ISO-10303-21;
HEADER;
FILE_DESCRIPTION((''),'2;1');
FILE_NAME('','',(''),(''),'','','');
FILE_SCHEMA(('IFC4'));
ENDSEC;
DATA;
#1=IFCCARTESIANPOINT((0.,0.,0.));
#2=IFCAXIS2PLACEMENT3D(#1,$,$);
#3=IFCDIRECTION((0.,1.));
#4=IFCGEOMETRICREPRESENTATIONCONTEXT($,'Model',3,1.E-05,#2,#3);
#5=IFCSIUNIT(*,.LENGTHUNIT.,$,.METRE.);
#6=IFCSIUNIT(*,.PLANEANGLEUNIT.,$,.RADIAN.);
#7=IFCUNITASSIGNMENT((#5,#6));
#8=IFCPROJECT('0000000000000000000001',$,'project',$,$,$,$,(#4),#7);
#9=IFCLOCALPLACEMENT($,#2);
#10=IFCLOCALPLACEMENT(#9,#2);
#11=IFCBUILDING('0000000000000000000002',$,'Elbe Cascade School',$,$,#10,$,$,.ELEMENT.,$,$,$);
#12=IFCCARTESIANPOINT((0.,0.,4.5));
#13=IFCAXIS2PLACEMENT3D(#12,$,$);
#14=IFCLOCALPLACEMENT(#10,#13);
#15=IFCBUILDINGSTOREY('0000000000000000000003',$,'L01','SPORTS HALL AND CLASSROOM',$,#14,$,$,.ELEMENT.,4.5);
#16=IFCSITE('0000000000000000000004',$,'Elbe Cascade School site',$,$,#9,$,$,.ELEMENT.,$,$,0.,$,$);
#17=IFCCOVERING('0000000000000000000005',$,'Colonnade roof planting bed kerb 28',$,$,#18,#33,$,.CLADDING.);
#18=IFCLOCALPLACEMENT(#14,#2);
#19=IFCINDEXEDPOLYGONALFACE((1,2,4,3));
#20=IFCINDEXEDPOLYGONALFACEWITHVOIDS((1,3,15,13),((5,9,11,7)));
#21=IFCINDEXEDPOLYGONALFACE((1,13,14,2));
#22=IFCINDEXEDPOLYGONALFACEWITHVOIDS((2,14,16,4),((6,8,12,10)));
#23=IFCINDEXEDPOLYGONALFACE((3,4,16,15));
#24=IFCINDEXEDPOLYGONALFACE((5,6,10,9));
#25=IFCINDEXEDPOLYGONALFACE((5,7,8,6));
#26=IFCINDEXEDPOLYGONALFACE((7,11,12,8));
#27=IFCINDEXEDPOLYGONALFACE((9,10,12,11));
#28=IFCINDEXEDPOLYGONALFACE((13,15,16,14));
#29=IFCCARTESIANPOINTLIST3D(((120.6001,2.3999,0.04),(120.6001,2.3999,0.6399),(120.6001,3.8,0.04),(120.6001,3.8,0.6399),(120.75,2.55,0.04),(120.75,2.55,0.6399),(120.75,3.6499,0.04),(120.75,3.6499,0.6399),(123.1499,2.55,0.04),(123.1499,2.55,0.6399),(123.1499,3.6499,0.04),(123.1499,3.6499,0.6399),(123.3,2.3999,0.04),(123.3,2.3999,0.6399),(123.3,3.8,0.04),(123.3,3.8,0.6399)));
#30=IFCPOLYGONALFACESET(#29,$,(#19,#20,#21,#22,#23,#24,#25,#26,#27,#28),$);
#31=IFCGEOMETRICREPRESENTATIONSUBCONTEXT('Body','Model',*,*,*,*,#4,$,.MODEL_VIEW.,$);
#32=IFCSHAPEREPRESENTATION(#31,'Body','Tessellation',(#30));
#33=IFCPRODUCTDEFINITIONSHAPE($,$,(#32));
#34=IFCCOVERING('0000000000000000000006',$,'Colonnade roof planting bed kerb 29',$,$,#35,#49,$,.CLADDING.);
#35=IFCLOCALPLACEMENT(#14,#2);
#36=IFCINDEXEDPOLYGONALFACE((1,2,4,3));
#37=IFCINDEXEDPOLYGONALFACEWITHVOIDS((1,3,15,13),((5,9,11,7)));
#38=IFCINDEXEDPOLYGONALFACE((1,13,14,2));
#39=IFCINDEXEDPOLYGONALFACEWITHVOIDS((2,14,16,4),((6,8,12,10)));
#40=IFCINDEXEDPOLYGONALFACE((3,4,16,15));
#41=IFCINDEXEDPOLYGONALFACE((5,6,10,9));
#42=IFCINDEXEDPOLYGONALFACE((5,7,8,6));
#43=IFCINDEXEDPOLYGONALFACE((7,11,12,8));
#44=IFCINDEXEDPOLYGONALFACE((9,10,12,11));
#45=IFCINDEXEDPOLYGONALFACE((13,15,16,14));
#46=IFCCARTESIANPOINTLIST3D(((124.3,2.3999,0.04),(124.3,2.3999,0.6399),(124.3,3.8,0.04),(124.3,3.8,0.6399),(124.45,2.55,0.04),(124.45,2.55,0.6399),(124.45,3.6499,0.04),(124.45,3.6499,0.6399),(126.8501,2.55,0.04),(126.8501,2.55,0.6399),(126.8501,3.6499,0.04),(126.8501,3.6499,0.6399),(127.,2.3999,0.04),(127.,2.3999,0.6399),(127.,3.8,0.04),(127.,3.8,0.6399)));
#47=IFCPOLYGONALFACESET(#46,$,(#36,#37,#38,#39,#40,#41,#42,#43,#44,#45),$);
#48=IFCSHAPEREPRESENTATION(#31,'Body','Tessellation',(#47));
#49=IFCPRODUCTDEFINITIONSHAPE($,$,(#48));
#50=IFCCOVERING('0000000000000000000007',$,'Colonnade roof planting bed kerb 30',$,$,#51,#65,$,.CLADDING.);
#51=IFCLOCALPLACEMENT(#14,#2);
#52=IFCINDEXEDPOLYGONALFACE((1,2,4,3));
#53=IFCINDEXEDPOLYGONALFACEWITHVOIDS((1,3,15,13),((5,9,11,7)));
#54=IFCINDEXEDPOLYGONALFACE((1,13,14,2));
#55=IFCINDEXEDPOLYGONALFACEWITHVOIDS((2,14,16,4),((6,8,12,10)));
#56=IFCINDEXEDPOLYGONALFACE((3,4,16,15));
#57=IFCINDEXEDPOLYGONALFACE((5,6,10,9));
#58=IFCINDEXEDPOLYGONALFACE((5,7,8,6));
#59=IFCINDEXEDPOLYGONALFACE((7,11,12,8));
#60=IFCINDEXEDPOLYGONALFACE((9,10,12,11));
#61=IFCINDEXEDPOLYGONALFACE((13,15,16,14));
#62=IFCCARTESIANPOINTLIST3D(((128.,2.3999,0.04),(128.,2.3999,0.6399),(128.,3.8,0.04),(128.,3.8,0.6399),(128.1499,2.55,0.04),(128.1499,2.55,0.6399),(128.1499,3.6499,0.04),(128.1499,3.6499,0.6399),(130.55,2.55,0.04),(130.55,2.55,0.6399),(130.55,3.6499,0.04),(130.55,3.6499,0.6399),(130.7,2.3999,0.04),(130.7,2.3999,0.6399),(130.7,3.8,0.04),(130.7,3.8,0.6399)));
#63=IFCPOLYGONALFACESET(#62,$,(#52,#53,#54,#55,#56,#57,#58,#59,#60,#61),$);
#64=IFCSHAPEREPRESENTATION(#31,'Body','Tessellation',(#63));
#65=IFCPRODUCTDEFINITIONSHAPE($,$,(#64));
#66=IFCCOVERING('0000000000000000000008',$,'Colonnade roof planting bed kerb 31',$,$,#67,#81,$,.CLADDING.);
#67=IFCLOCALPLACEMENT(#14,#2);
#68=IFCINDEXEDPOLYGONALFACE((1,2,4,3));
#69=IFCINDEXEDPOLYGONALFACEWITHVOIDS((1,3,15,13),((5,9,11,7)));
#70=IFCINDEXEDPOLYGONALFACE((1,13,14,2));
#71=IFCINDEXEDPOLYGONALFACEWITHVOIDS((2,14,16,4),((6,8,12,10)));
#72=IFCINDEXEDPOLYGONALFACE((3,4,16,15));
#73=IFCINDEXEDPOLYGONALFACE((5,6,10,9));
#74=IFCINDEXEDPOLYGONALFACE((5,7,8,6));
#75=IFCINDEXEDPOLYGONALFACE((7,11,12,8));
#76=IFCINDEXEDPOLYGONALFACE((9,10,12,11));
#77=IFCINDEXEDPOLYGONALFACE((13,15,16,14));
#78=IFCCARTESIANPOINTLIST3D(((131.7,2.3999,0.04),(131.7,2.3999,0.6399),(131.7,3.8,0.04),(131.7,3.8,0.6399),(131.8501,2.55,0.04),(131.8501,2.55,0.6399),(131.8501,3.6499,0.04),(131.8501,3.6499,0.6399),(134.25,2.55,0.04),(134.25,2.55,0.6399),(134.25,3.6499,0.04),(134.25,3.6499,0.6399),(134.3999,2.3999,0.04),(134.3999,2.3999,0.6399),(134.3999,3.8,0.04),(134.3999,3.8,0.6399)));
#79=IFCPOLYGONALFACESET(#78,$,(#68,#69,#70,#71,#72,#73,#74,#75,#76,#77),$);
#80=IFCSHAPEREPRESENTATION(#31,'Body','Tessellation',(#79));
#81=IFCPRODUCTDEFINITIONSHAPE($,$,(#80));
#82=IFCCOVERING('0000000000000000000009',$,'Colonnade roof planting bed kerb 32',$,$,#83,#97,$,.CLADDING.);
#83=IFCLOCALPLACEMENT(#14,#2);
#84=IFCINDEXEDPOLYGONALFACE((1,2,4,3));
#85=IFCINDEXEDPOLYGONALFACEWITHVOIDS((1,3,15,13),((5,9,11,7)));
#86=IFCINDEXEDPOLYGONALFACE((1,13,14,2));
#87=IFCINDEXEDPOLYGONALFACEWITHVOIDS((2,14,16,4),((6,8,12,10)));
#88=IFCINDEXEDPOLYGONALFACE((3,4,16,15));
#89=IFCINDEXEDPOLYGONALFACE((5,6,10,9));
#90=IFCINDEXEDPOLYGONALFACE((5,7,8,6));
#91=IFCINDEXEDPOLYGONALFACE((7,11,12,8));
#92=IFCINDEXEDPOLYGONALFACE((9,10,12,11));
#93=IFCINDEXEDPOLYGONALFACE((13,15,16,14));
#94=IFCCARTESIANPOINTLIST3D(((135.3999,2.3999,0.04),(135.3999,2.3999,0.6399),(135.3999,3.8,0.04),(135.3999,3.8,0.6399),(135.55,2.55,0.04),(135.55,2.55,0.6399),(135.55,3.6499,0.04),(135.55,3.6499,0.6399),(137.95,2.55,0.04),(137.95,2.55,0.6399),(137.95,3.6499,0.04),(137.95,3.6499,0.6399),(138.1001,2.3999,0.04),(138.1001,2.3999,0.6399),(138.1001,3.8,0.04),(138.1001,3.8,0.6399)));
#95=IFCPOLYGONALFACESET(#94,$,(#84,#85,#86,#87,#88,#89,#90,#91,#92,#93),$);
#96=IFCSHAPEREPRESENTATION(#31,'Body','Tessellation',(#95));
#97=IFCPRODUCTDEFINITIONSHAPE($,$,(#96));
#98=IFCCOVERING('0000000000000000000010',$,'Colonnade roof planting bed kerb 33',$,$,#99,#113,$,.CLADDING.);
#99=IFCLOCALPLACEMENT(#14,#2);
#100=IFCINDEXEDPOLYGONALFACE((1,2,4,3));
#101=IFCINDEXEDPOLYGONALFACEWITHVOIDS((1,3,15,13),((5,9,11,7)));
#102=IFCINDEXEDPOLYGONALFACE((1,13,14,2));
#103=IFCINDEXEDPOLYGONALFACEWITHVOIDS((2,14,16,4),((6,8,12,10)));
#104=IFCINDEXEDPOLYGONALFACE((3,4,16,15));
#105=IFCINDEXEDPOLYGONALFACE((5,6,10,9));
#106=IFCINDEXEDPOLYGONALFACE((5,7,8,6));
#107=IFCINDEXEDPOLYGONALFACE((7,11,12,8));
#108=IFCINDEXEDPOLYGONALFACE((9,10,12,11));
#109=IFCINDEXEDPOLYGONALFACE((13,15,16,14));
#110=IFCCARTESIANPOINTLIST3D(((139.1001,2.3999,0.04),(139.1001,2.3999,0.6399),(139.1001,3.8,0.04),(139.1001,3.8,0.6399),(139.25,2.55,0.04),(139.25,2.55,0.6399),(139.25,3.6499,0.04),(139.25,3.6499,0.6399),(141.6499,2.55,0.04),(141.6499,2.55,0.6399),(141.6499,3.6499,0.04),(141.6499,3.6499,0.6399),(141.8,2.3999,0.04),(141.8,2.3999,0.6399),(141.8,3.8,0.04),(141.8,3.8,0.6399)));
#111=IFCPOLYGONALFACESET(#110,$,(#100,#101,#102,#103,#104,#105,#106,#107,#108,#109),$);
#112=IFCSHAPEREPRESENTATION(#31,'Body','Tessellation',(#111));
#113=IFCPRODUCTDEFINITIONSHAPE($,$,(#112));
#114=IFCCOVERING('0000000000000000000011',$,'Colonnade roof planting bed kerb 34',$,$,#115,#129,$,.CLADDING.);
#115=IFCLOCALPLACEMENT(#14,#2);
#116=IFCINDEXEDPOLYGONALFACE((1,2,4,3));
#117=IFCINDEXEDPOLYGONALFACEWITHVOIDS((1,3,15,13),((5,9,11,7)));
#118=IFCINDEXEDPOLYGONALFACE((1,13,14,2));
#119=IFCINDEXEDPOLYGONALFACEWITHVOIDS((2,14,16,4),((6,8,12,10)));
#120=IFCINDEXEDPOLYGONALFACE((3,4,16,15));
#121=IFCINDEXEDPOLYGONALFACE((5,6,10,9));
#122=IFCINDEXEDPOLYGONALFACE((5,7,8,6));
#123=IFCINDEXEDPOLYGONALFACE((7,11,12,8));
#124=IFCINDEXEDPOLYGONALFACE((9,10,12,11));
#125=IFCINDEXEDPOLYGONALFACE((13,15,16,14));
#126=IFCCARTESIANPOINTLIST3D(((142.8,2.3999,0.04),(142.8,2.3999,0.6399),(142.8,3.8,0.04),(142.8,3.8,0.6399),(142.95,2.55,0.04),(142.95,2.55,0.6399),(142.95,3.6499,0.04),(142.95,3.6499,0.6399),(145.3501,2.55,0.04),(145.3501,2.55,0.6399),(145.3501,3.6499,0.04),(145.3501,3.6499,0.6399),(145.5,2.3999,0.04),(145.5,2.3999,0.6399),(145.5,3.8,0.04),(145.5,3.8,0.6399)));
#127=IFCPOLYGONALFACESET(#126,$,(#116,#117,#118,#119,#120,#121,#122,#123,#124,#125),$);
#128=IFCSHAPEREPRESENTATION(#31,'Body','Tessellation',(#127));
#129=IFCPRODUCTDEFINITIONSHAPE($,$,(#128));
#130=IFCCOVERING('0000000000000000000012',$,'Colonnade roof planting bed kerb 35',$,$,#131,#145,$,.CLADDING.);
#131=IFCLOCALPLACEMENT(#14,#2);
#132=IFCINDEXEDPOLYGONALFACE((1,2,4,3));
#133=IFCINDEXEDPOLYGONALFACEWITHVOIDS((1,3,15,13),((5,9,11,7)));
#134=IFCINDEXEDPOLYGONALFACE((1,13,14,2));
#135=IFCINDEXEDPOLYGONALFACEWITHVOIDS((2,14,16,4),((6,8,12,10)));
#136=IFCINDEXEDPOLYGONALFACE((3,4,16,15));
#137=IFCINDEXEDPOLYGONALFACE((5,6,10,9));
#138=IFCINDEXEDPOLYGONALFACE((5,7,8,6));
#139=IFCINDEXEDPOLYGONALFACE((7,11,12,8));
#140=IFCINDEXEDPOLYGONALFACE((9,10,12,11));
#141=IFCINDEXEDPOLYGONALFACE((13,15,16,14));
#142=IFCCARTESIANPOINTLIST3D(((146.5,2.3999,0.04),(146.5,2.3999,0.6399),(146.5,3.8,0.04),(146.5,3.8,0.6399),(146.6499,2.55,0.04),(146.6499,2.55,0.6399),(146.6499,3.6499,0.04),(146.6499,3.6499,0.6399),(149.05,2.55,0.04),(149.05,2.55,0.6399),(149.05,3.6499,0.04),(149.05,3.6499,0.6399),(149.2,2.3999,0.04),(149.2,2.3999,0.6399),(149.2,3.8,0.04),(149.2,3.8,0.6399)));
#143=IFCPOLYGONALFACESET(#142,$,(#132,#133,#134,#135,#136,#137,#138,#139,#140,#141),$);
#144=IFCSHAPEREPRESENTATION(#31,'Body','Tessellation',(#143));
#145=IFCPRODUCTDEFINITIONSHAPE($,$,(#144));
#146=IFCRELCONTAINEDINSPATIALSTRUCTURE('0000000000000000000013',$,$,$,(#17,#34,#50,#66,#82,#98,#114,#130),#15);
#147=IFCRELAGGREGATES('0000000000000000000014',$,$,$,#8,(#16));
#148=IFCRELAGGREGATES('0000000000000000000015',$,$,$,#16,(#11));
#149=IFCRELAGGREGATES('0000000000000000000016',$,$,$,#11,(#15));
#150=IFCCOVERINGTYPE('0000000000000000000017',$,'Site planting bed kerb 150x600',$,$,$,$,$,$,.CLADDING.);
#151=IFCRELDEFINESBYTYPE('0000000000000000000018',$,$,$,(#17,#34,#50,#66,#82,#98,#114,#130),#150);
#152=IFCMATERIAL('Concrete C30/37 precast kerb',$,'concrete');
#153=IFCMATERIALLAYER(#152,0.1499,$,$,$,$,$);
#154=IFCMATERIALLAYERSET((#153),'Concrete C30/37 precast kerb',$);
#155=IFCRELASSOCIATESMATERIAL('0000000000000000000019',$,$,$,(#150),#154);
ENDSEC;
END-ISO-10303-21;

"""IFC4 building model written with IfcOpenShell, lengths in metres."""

from ifc_helpers import new_model, si_unit, direction, frame, origin, place, context, subcontext, project, spatial, polyline, outline, extrude, material, layer, layer_set, type_object, element, save


model = new_model("IFC4")

# Units and contexts
model_context = context("Model", 3, precision=1e-05, world=origin(), true_north=direction((0.0, 1.0)))
body_context = subcontext(model_context, "Body", "Model", "MODEL_VIEW")
ifc_project = project(units=[si_unit("LENGTHUNIT", "METRE"), si_unit("PLANEANGLEUNIT", "RADIAN")], contexts=[model_context])

# Site, building, storey
site_placement = place(None, origin())
site = spatial("IfcSite", under=ifc_project, at=site_placement, Name="Elbe Cascade School site", CompositionType="ELEMENT", RefElevation=0.0)
building_placement = place(site_placement, origin())
building = spatial("IfcBuilding", under=site, at=building_placement, Name="Elbe Cascade School", CompositionType="ELEMENT")
storey_placement = place(building_placement, frame((0.0, 0.0, 4.5)))
storey = spatial("IfcBuildingStorey", under=building, at=storey_placement, Name="L01", Description="SPORTS HALL AND CLASSROOM", CompositionType="ELEMENT", Elevation=4.5)

# Coverings
ifc_material_1 = material(Name="Concrete C30/37 precast kerb", Category="concrete")
ifc_layer_1 = layer(ifc_material_1, 0.1499)
ifc_layer_set_1 = layer_set([ifc_layer_1], Name="Concrete C30/37 precast kerb")
covering_type_1 = type_object("IfcCoveringType", Name="Site planting bed kerb 150x600", PredefinedType="CLADDING", material=ifc_layer_set_1)
covering_1_placement = place(storey_placement, frame((0.0, 0.0, 0.04)))
element("IfcCovering", 1, at=covering_1_placement, inside=storey, type_object=covering_type_1, Name="Colonnade roof planting bed kerb 28", PredefinedType="CLADDING", context=body_context, shape_type="SweptSolid", body=[
    extrude(outline(polyline([(120.6001, 2.3999), (123.3, 2.3999), (123.3, 3.8), (120.6001, 3.8), (120.6001, 2.3999)]), holes=[polyline([(120.75, 2.55), (123.1499, 2.55), (123.1499, 3.6499), (120.75, 3.6499), (120.75, 2.55)])]), origin(), (0.0, 0.0, 1.0), 0.5999),
])
covering_2_placement = place(storey_placement, frame((0.0, 0.0, 0.04)))
element("IfcCovering", 2, at=covering_2_placement, inside=storey, type_object=covering_type_1, Name="Colonnade roof planting bed kerb 29", PredefinedType="CLADDING", context=body_context, shape_type="SweptSolid", body=[
    extrude(outline(polyline([(124.3, 2.3999), (127.0, 2.3999), (127.0, 3.8), (124.3, 3.8), (124.3, 2.3999)]), holes=[polyline([(124.45, 2.55), (126.8501, 2.55), (126.8501, 3.6499), (124.45, 3.6499), (124.45, 2.55)])]), origin(), (0.0, 0.0, 1.0), 0.5999),
])
covering_3_placement = place(storey_placement, frame((0.0, 0.0, 0.04)))
element("IfcCovering", 3, at=covering_3_placement, inside=storey, type_object=covering_type_1, Name="Colonnade roof planting bed kerb 30", PredefinedType="CLADDING", context=body_context, shape_type="SweptSolid", body=[
    extrude(outline(polyline([(128.0, 2.3999), (130.7, 2.3999), (130.7, 3.8), (128.0, 3.8), (128.0, 2.3999)]), holes=[polyline([(128.1499, 2.55), (130.55, 2.55), (130.55, 3.6499), (128.1499, 3.6499), (128.1499, 2.55)])]), origin(), (0.0, 0.0, 1.0), 0.5999),
])
covering_4_placement = place(storey_placement, frame((0.0, 0.0, 0.04)))
element("IfcCovering", 4, at=covering_4_placement, inside=storey, type_object=covering_type_1, Name="Colonnade roof planting bed kerb 31", PredefinedType="CLADDING", context=body_context, shape_type="SweptSolid", body=[
    extrude(outline(polyline([(131.7, 2.3999), (134.3999, 2.3999), (134.3999, 3.8), (131.7, 3.8), (131.7, 2.3999)]), holes=[polyline([(131.8501, 2.55), (134.25, 2.55), (134.25, 3.6499), (131.8501, 3.6499), (131.8501, 2.55)])]), origin(), (0.0, 0.0, 1.0), 0.5999),
])
covering_5_placement = place(storey_placement, frame((0.0, 0.0, 0.04)))
element("IfcCovering", 5, at=covering_5_placement, inside=storey, type_object=covering_type_1, Name="Colonnade roof planting bed kerb 32", PredefinedType="CLADDING", context=body_context, shape_type="SweptSolid", body=[
    extrude(outline(polyline([(135.3999, 2.3999), (138.1001, 2.3999), (138.1001, 3.8), (135.3999, 3.8), (135.3999, 2.3999)]), holes=[polyline([(135.55, 2.55), (137.95, 2.55), (137.95, 3.6499), (135.55, 3.6499), (135.55, 2.55)])]), origin(), (0.0, 0.0, 1.0), 0.5999),
])
covering_6_placement = place(storey_placement, frame((0.0, 0.0, 0.04)))
element("IfcCovering", 6, at=covering_6_placement, inside=storey, type_object=covering_type_1, Name="Colonnade roof planting bed kerb 33", PredefinedType="CLADDING", context=body_context, shape_type="SweptSolid", body=[
    extrude(outline(polyline([(139.1001, 2.3999), (141.8, 2.3999), (141.8, 3.8), (139.1001, 3.8), (139.1001, 2.3999)]), holes=[polyline([(139.25, 2.55), (141.6499, 2.55), (141.6499, 3.6499), (139.25, 3.6499), (139.25, 2.55)])]), origin(), (0.0, 0.0, 1.0), 0.5999),
])
covering_7_placement = place(storey_placement, frame((0.0, 0.0, 0.04)))
element("IfcCovering", 7, at=covering_7_placement, inside=storey, type_object=covering_type_1, Name="Colonnade roof planting bed kerb 34", PredefinedType="CLADDING", context=body_context, shape_type="SweptSolid", body=[
    extrude(outline(polyline([(142.8, 2.3999), (145.5, 2.3999), (145.5, 3.8), (142.8, 3.8), (142.8, 2.3999)]), holes=[polyline([(142.95, 2.55), (145.3501, 2.55), (145.3501, 3.6499), (142.95, 3.6499), (142.95, 2.55)])]), origin(), (0.0, 0.0, 1.0), 0.5999),
])
covering_8_placement = place(storey_placement, frame((0.0, 0.0, 0.04)))
element("IfcCovering", 8, at=covering_8_placement, inside=storey, type_object=covering_type_1, Name="Colonnade roof planting bed kerb 35", PredefinedType="CLADDING", context=body_context, shape_type="SweptSolid", body=[
    extrude(outline(polyline([(146.5, 2.3999), (149.2, 2.3999), (149.2, 3.8), (146.5, 3.8), (146.5, 2.3999)]), holes=[polyline([(146.6499, 2.55), (149.05, 2.55), (149.05, 3.6499), (146.6499, 3.6499), (146.6499, 2.55)])]), origin(), (0.0, 0.0, 1.0), 0.5999),
])

save(model, "model.ifc")
